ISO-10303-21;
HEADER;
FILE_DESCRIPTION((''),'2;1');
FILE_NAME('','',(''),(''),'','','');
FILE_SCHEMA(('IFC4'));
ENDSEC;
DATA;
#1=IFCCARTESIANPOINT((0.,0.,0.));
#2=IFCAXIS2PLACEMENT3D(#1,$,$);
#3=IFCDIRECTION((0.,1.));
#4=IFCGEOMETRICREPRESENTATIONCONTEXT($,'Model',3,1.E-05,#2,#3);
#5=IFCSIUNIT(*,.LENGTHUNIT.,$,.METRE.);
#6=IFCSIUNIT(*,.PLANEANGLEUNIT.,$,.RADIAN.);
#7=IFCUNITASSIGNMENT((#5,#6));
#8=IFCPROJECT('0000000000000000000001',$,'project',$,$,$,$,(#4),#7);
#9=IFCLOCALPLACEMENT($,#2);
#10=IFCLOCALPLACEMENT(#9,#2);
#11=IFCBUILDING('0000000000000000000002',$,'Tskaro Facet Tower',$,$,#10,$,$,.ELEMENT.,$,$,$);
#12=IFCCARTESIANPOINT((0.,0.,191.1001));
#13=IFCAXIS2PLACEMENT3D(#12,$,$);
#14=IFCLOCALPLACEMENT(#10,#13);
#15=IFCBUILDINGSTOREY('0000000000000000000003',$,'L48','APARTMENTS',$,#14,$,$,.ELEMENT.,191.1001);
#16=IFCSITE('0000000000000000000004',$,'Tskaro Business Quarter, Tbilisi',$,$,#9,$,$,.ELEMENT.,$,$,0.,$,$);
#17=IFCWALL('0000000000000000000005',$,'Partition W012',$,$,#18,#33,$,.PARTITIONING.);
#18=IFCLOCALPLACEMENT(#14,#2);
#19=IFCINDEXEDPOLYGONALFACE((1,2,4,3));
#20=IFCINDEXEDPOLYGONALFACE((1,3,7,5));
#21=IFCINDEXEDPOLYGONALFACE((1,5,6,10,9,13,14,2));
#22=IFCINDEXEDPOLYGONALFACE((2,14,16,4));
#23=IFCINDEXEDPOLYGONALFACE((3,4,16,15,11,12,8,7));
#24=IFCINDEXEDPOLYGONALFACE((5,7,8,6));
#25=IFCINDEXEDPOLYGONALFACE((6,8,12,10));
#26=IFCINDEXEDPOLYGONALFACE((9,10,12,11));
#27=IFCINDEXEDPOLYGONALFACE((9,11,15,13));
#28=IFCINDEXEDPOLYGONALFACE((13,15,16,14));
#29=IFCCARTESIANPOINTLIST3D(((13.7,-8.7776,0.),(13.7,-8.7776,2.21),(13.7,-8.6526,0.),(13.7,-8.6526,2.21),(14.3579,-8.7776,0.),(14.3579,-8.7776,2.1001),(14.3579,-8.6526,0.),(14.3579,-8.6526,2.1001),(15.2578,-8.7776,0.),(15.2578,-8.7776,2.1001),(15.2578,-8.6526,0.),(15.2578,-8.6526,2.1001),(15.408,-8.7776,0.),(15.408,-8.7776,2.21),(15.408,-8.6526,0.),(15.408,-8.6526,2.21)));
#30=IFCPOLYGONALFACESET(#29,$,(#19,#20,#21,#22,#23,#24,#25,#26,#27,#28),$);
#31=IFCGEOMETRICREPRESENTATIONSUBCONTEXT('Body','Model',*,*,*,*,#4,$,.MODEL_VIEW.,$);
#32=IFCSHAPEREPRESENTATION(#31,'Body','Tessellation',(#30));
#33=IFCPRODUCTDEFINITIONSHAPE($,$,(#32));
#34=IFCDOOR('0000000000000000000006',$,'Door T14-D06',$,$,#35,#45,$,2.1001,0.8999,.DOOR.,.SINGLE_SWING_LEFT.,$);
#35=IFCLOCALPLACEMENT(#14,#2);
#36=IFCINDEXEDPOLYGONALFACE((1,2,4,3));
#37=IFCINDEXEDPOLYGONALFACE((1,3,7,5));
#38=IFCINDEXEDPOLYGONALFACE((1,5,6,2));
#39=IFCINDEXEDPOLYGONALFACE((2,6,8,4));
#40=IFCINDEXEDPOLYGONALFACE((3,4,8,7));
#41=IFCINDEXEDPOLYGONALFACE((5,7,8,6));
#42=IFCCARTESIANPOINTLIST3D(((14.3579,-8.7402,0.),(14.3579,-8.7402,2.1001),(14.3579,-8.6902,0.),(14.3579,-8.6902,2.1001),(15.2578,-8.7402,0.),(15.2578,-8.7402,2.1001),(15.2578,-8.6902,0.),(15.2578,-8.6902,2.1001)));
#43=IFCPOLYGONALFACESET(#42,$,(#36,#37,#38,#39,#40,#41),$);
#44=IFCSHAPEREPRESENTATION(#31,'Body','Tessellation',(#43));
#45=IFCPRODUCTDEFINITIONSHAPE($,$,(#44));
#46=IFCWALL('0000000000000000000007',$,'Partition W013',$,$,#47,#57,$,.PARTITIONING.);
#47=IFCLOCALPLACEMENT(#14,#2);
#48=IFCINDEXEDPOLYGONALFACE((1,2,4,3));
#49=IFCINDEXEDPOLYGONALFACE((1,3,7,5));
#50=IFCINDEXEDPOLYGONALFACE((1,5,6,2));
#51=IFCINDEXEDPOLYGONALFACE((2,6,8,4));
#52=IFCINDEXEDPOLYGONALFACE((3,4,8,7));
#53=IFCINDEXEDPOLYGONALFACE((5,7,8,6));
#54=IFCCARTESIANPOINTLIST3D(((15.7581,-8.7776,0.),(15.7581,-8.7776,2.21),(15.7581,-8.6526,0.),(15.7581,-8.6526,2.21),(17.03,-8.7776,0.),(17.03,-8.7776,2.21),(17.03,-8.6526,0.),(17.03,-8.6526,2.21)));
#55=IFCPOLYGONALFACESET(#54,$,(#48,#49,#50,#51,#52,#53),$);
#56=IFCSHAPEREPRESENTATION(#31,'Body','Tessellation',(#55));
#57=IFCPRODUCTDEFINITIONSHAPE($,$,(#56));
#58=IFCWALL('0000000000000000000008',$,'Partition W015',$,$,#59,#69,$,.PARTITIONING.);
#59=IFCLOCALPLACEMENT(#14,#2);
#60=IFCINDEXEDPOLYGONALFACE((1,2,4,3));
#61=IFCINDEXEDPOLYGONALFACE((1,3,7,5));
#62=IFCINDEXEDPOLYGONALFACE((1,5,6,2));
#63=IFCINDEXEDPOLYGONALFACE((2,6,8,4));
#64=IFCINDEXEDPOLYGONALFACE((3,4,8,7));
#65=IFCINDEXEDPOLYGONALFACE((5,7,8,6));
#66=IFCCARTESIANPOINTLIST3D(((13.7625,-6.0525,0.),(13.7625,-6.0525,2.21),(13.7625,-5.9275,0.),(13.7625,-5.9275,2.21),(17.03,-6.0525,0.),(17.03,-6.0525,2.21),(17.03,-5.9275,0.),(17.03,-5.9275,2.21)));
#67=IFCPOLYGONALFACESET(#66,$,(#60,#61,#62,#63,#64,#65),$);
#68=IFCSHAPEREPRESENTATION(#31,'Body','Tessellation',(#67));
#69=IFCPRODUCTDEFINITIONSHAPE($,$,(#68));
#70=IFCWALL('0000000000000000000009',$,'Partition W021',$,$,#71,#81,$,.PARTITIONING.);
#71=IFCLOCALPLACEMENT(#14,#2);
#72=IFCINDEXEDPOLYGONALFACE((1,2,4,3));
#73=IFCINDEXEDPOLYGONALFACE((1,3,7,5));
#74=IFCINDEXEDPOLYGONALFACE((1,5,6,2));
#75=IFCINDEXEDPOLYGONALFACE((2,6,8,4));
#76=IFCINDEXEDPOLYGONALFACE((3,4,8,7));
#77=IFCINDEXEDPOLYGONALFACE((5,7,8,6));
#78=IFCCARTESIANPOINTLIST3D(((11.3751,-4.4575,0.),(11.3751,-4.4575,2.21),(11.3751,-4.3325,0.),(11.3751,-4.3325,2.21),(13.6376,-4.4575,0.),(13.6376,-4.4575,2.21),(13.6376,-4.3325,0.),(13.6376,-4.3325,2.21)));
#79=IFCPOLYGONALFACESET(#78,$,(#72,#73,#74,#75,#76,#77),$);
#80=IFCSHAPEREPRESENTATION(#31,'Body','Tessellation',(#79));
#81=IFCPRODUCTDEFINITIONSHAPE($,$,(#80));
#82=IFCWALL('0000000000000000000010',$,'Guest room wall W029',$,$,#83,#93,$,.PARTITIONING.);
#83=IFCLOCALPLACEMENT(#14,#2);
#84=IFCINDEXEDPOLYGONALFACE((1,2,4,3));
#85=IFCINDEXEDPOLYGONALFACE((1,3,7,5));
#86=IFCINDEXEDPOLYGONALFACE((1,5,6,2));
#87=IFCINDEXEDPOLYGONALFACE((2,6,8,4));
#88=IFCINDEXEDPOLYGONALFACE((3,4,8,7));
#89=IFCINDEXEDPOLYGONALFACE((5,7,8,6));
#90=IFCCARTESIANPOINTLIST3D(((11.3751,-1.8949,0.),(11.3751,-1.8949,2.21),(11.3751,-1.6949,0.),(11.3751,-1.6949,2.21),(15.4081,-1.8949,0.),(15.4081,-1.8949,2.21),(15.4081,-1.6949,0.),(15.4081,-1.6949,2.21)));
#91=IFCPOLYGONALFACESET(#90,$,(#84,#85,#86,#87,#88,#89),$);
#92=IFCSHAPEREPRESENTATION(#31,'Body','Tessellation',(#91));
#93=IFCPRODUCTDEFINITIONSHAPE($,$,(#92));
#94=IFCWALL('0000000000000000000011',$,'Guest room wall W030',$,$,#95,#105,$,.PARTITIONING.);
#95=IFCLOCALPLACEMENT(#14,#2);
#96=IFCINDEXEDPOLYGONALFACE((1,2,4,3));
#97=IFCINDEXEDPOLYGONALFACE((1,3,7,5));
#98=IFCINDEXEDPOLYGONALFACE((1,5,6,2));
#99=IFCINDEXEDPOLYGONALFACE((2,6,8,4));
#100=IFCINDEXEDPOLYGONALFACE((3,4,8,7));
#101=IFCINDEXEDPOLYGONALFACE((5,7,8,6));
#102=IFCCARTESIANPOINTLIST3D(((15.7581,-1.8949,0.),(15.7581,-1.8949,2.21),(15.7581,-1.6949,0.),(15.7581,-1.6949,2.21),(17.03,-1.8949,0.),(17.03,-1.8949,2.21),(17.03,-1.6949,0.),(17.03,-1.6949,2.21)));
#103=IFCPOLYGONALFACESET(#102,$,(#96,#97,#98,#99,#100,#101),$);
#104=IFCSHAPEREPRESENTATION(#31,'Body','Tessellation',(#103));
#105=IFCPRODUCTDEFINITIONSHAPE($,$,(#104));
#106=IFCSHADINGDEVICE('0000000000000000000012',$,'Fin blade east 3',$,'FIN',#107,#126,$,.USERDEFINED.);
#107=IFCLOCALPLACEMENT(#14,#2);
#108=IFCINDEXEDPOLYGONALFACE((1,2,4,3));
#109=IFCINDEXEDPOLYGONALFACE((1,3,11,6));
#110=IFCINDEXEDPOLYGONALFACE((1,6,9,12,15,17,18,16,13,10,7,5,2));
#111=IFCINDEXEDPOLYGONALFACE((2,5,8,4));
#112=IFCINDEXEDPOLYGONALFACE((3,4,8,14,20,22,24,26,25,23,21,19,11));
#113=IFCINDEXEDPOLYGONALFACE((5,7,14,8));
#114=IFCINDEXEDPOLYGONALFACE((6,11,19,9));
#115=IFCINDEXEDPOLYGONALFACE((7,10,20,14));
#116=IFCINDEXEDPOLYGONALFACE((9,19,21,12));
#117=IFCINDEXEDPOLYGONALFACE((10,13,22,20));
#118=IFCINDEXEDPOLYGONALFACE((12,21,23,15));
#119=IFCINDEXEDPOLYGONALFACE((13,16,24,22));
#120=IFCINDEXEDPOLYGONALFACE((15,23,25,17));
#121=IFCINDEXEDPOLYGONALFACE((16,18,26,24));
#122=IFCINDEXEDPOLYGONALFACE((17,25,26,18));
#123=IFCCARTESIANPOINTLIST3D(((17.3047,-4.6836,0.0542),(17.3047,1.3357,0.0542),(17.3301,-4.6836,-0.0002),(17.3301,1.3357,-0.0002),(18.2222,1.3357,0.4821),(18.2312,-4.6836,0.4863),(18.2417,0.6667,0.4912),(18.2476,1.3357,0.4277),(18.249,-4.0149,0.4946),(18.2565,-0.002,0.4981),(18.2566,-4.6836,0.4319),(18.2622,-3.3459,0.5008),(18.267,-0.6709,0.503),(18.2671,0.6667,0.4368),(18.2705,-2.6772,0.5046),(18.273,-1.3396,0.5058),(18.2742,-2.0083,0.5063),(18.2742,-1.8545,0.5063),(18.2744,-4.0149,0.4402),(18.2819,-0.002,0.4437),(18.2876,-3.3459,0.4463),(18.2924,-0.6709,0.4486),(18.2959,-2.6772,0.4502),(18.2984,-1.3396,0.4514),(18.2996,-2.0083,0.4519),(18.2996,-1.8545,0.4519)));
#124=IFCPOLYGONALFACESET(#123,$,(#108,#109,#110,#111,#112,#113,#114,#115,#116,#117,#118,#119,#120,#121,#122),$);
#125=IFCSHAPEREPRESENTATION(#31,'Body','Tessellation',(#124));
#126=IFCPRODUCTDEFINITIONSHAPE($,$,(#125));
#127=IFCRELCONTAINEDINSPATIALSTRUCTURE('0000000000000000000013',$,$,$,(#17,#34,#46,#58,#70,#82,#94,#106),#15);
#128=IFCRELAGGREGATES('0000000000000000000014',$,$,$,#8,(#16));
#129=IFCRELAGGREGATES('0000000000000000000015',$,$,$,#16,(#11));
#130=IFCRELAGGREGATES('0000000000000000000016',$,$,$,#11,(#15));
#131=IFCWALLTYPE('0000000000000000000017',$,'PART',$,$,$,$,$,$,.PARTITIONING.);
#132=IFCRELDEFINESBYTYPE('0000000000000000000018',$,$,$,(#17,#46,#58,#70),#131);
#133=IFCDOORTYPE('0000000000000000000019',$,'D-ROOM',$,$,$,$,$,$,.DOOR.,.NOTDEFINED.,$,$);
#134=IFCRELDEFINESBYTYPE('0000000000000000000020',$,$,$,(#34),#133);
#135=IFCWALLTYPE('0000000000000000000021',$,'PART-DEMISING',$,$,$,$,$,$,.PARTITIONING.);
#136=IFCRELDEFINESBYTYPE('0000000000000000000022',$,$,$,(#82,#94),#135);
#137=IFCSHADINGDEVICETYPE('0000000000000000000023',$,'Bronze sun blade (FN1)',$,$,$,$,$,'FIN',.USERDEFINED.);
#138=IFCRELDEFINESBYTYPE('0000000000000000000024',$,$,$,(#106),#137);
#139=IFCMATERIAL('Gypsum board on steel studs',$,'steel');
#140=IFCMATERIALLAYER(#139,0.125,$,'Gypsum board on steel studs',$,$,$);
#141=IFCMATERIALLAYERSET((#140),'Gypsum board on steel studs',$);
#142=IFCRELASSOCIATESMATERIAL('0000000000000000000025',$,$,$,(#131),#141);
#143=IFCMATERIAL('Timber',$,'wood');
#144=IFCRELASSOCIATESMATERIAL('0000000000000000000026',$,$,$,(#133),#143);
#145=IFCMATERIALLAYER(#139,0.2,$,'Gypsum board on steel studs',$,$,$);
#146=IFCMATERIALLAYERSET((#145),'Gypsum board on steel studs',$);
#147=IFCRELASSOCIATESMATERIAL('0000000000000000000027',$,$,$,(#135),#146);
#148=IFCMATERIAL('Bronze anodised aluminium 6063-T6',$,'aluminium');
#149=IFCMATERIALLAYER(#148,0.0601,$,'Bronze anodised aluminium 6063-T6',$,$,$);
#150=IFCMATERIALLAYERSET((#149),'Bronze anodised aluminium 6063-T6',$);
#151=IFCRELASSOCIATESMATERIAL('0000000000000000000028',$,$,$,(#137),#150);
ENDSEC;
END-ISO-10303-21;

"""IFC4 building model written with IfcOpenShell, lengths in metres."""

from ifc_helpers import new_model, si_unit, direction, frame, frame_2d, origin, place, context, subcontext, project, spatial, polyline, rectangle, outline, extrude, material, layer, layer_set, type_object, element, fill, save


model = new_model("IFC4")

# Units and contexts
model_context = context("Model", 3, precision=1e-05, world=origin(), true_north=direction((0.0, 1.0)))
body_context = subcontext(model_context, "Body", "Model", "MODEL_VIEW")
ifc_project = project(units=[si_unit("LENGTHUNIT", "METRE"), si_unit("PLANEANGLEUNIT", "RADIAN")], contexts=[model_context])

# Site, building, storey
site_placement = place(None, origin())
site = spatial("IfcSite", under=ifc_project, at=site_placement, Name="Tskaro Business Quarter, Tbilisi", CompositionType="ELEMENT", RefElevation=0.0)
building_placement = place(site_placement, origin())
building = spatial("IfcBuilding", under=site, at=building_placement, Name="Tskaro Facet Tower", CompositionType="ELEMENT")
storey_placement = place(building_placement, frame((0.0, 0.0, 191.1001)))
storey = spatial("IfcBuildingStorey", under=building, at=storey_placement, Name="L48", Description="APARTMENTS", CompositionType="ELEMENT", Elevation=191.1001)

# Shared definitions
ifc_material_1 = material(Name="Bronze anodised aluminium 6063-T6", Category="aluminium")

# Wall, opening, door
ifc_material_2 = material(Name="Gypsum board on steel studs", Category="steel")
ifc_layer_1 = layer(ifc_material_2, 0.125, Name="Gypsum board on steel studs")
ifc_layer_set_1 = layer_set([ifc_layer_1], Name="Gypsum board on steel studs")
wall_type_1 = type_object("IfcWallType", Name="PART", PredefinedType="PARTITIONING", material=ifc_layer_set_1)
ifc_material_3 = material(Name="Timber", Category="wood")
door_type = type_object("IfcDoorType", Name="D-ROOM", OperationType="NOTDEFINED", PredefinedType="DOOR", material=ifc_material_3)
wall_1_placement = place(storey_placement, frame((13.7, -8.7151, 0.0), z_axis=(0.0, 0.0, 1.0), x_axis=(1.0, 0.0, 0.0)))
wall_1 = element("IfcWall", 1, at=wall_1_placement, inside=storey, type_object=wall_type_1, Name="Partition W012", PredefinedType="PARTITIONING", context=body_context, shape_type="SweptSolid", body=[
    extrude(rectangle(XDim=1.708, YDim=0.125, at=frame_2d((0.854, 0.0))), origin(), (0.0, 0.0, 1.0), 2.21),
])
opening_1_placement = place(wall_1_placement, frame((0.658, 0.0, 0.0)))
opening_1 = element("IfcOpeningElement", 2, at=opening_1_placement, cuts=wall_1, PredefinedType="OPENING", context=body_context, shape_type="SweptSolid", body=[
    extrude(rectangle(XDim=0.8999, YDim=2.1001, at=frame_2d((0.45, 1.05))), frame((0.0, 0.0725, 0.0), z_axis=(0.0, -1.0, 0.0), x_axis=(1.0, 0.0, 0.0)), (0.0, 0.0, 1.0), 0.145),
])
door_1_placement = place(opening_1_placement, origin())
door_1 = element("IfcDoor", 3, at=door_1_placement, inside=storey, type_object=door_type, Name="Door T14-D06", OperationType="SINGLE_SWING_LEFT", OverallHeight=2.1001, OverallWidth=0.8999, PredefinedType="DOOR", context=body_context, shape_type="SweptSolid", body=[
    extrude(rectangle(XDim=0.8999, YDim=2.1001, at=frame_2d((0.45, 1.05))), frame((0.0, 0.0249, 0.0), z_axis=(0.0, -1.0, 0.0), x_axis=(1.0, 0.0, 0.0)), (0.0, 0.0, 1.0), 0.05),
])
fill(opening_1, door_1)

# Walls
wall_2_placement = place(storey_placement, frame((15.7581, -8.7151, 0.0), z_axis=(0.0, 0.0, 1.0), x_axis=(1.0, 0.0, 0.0)))
element("IfcWall", 4, at=wall_2_placement, inside=storey, type_object=wall_type_1, Name="Partition W013", PredefinedType="PARTITIONING", context=body_context, shape_type="SweptSolid", body=[
    extrude(rectangle(XDim=1.272, YDim=0.125, at=frame_2d((0.636, 0.0))), origin(), (0.0, 0.0, 1.0), 2.21),
])
wall_3_placement = place(storey_placement, frame((13.7625, -5.99, 0.0), z_axis=(0.0, 0.0, 1.0), x_axis=(1.0, 0.0, 0.0)))
element("IfcWall", 5, at=wall_3_placement, inside=storey, type_object=wall_type_1, Name="Partition W015", PredefinedType="PARTITIONING", context=body_context, shape_type="SweptSolid", body=[
    extrude(rectangle(XDim=3.2676, YDim=0.125, at=frame_2d((1.6338, 0.0))), origin(), (0.0, 0.0, 1.0), 2.21),
])
wall_4_placement = place(storey_placement, frame((11.375, -4.395, 0.0), z_axis=(0.0, 0.0, 1.0), x_axis=(1.0, 0.0, 0.0)))
element("IfcWall", 6, at=wall_4_placement, inside=storey, type_object=wall_type_1, Name="Partition W021", PredefinedType="PARTITIONING", context=body_context, shape_type="SweptSolid", body=[
    extrude(rectangle(XDim=2.2625, YDim=0.125, at=frame_2d((1.1313, 0.0))), origin(), (0.0, 0.0, 1.0), 2.21),
])
ifc_layer_2 = layer(ifc_material_2, 0.2, Name="Gypsum board on steel studs")
ifc_layer_set_2 = layer_set([ifc_layer_2], Name="Gypsum board on steel studs")
wall_type_2 = type_object("IfcWallType", Name="PART-DEMISING", PredefinedType="PARTITIONING", material=ifc_layer_set_2)
wall_5_placement = place(storey_placement, frame((11.375, -1.7949, 0.0), z_axis=(0.0, 0.0, 1.0), x_axis=(1.0, 0.0, 0.0)))
element("IfcWall", 7, at=wall_5_placement, inside=storey, type_object=wall_type_2, Name="Guest room wall W029", PredefinedType="PARTITIONING", context=body_context, shape_type="SweptSolid", body=[
    extrude(rectangle(XDim=4.033, YDim=0.2, at=frame_2d((2.0166, 0.0))), origin(), (0.0, 0.0, 1.0), 2.21),
])
wall_6_placement = place(storey_placement, frame((15.7581, -1.7949, 0.0), z_axis=(0.0, 0.0, 1.0), x_axis=(1.0, 0.0, 0.0)))
element("IfcWall", 8, at=wall_6_placement, inside=storey, type_object=wall_type_2, Name="Guest room wall W030", PredefinedType="PARTITIONING", context=body_context, shape_type="SweptSolid", body=[
    extrude(rectangle(XDim=1.272, YDim=0.2, at=frame_2d((0.636, 0.0))), origin(), (0.0, 0.0, 1.0), 2.21),
])

# Shading device
ifc_layer_3 = layer(ifc_material_1, 0.0601, Name="Bronze anodised aluminium 6063-T6")
ifc_layer_set_3 = layer_set([ifc_layer_3], Name="Bronze anodised aluminium 6063-T6")
shading_device_type = type_object("IfcShadingDeviceType", Name="Bronze sun blade (FN1)", ElementType="FIN", PredefinedType="USERDEFINED", material=ifc_layer_set_3)
shading_device_placement = place(storey_placement, frame((17.3047, -4.6836, 0.0542), z_axis=(-0.422663, -0.000004, 0.906287), x_axis=(-0.000002, 1.0, 0.000004)))
element("IfcShadingDevice", 9, at=shading_device_placement, inside=storey, type_object=shading_device_type, Name="Fin blade east 3", ObjectType="FIN", PredefinedType="USERDEFINED", context=body_context, shape_type="SweptSolid", body=[
    extrude(outline(polyline([(0.0, 0.0), (6.0193, 0.0), (6.0193, -1.0124), (5.3503, -1.0339), (4.6816, -1.0503), (4.0127, -1.0619), (3.344, -1.0684), (2.8291, -1.0697), (2.6753, -1.0697), (2.0063, -1.0657), (1.3376, -1.0565), (0.6687, -1.042), (0.0, -1.0223), (0.0, 0.0)])), origin(), (0.0, 0.0, -1.0), 0.0601),
])

save(model, "model.ifc")
